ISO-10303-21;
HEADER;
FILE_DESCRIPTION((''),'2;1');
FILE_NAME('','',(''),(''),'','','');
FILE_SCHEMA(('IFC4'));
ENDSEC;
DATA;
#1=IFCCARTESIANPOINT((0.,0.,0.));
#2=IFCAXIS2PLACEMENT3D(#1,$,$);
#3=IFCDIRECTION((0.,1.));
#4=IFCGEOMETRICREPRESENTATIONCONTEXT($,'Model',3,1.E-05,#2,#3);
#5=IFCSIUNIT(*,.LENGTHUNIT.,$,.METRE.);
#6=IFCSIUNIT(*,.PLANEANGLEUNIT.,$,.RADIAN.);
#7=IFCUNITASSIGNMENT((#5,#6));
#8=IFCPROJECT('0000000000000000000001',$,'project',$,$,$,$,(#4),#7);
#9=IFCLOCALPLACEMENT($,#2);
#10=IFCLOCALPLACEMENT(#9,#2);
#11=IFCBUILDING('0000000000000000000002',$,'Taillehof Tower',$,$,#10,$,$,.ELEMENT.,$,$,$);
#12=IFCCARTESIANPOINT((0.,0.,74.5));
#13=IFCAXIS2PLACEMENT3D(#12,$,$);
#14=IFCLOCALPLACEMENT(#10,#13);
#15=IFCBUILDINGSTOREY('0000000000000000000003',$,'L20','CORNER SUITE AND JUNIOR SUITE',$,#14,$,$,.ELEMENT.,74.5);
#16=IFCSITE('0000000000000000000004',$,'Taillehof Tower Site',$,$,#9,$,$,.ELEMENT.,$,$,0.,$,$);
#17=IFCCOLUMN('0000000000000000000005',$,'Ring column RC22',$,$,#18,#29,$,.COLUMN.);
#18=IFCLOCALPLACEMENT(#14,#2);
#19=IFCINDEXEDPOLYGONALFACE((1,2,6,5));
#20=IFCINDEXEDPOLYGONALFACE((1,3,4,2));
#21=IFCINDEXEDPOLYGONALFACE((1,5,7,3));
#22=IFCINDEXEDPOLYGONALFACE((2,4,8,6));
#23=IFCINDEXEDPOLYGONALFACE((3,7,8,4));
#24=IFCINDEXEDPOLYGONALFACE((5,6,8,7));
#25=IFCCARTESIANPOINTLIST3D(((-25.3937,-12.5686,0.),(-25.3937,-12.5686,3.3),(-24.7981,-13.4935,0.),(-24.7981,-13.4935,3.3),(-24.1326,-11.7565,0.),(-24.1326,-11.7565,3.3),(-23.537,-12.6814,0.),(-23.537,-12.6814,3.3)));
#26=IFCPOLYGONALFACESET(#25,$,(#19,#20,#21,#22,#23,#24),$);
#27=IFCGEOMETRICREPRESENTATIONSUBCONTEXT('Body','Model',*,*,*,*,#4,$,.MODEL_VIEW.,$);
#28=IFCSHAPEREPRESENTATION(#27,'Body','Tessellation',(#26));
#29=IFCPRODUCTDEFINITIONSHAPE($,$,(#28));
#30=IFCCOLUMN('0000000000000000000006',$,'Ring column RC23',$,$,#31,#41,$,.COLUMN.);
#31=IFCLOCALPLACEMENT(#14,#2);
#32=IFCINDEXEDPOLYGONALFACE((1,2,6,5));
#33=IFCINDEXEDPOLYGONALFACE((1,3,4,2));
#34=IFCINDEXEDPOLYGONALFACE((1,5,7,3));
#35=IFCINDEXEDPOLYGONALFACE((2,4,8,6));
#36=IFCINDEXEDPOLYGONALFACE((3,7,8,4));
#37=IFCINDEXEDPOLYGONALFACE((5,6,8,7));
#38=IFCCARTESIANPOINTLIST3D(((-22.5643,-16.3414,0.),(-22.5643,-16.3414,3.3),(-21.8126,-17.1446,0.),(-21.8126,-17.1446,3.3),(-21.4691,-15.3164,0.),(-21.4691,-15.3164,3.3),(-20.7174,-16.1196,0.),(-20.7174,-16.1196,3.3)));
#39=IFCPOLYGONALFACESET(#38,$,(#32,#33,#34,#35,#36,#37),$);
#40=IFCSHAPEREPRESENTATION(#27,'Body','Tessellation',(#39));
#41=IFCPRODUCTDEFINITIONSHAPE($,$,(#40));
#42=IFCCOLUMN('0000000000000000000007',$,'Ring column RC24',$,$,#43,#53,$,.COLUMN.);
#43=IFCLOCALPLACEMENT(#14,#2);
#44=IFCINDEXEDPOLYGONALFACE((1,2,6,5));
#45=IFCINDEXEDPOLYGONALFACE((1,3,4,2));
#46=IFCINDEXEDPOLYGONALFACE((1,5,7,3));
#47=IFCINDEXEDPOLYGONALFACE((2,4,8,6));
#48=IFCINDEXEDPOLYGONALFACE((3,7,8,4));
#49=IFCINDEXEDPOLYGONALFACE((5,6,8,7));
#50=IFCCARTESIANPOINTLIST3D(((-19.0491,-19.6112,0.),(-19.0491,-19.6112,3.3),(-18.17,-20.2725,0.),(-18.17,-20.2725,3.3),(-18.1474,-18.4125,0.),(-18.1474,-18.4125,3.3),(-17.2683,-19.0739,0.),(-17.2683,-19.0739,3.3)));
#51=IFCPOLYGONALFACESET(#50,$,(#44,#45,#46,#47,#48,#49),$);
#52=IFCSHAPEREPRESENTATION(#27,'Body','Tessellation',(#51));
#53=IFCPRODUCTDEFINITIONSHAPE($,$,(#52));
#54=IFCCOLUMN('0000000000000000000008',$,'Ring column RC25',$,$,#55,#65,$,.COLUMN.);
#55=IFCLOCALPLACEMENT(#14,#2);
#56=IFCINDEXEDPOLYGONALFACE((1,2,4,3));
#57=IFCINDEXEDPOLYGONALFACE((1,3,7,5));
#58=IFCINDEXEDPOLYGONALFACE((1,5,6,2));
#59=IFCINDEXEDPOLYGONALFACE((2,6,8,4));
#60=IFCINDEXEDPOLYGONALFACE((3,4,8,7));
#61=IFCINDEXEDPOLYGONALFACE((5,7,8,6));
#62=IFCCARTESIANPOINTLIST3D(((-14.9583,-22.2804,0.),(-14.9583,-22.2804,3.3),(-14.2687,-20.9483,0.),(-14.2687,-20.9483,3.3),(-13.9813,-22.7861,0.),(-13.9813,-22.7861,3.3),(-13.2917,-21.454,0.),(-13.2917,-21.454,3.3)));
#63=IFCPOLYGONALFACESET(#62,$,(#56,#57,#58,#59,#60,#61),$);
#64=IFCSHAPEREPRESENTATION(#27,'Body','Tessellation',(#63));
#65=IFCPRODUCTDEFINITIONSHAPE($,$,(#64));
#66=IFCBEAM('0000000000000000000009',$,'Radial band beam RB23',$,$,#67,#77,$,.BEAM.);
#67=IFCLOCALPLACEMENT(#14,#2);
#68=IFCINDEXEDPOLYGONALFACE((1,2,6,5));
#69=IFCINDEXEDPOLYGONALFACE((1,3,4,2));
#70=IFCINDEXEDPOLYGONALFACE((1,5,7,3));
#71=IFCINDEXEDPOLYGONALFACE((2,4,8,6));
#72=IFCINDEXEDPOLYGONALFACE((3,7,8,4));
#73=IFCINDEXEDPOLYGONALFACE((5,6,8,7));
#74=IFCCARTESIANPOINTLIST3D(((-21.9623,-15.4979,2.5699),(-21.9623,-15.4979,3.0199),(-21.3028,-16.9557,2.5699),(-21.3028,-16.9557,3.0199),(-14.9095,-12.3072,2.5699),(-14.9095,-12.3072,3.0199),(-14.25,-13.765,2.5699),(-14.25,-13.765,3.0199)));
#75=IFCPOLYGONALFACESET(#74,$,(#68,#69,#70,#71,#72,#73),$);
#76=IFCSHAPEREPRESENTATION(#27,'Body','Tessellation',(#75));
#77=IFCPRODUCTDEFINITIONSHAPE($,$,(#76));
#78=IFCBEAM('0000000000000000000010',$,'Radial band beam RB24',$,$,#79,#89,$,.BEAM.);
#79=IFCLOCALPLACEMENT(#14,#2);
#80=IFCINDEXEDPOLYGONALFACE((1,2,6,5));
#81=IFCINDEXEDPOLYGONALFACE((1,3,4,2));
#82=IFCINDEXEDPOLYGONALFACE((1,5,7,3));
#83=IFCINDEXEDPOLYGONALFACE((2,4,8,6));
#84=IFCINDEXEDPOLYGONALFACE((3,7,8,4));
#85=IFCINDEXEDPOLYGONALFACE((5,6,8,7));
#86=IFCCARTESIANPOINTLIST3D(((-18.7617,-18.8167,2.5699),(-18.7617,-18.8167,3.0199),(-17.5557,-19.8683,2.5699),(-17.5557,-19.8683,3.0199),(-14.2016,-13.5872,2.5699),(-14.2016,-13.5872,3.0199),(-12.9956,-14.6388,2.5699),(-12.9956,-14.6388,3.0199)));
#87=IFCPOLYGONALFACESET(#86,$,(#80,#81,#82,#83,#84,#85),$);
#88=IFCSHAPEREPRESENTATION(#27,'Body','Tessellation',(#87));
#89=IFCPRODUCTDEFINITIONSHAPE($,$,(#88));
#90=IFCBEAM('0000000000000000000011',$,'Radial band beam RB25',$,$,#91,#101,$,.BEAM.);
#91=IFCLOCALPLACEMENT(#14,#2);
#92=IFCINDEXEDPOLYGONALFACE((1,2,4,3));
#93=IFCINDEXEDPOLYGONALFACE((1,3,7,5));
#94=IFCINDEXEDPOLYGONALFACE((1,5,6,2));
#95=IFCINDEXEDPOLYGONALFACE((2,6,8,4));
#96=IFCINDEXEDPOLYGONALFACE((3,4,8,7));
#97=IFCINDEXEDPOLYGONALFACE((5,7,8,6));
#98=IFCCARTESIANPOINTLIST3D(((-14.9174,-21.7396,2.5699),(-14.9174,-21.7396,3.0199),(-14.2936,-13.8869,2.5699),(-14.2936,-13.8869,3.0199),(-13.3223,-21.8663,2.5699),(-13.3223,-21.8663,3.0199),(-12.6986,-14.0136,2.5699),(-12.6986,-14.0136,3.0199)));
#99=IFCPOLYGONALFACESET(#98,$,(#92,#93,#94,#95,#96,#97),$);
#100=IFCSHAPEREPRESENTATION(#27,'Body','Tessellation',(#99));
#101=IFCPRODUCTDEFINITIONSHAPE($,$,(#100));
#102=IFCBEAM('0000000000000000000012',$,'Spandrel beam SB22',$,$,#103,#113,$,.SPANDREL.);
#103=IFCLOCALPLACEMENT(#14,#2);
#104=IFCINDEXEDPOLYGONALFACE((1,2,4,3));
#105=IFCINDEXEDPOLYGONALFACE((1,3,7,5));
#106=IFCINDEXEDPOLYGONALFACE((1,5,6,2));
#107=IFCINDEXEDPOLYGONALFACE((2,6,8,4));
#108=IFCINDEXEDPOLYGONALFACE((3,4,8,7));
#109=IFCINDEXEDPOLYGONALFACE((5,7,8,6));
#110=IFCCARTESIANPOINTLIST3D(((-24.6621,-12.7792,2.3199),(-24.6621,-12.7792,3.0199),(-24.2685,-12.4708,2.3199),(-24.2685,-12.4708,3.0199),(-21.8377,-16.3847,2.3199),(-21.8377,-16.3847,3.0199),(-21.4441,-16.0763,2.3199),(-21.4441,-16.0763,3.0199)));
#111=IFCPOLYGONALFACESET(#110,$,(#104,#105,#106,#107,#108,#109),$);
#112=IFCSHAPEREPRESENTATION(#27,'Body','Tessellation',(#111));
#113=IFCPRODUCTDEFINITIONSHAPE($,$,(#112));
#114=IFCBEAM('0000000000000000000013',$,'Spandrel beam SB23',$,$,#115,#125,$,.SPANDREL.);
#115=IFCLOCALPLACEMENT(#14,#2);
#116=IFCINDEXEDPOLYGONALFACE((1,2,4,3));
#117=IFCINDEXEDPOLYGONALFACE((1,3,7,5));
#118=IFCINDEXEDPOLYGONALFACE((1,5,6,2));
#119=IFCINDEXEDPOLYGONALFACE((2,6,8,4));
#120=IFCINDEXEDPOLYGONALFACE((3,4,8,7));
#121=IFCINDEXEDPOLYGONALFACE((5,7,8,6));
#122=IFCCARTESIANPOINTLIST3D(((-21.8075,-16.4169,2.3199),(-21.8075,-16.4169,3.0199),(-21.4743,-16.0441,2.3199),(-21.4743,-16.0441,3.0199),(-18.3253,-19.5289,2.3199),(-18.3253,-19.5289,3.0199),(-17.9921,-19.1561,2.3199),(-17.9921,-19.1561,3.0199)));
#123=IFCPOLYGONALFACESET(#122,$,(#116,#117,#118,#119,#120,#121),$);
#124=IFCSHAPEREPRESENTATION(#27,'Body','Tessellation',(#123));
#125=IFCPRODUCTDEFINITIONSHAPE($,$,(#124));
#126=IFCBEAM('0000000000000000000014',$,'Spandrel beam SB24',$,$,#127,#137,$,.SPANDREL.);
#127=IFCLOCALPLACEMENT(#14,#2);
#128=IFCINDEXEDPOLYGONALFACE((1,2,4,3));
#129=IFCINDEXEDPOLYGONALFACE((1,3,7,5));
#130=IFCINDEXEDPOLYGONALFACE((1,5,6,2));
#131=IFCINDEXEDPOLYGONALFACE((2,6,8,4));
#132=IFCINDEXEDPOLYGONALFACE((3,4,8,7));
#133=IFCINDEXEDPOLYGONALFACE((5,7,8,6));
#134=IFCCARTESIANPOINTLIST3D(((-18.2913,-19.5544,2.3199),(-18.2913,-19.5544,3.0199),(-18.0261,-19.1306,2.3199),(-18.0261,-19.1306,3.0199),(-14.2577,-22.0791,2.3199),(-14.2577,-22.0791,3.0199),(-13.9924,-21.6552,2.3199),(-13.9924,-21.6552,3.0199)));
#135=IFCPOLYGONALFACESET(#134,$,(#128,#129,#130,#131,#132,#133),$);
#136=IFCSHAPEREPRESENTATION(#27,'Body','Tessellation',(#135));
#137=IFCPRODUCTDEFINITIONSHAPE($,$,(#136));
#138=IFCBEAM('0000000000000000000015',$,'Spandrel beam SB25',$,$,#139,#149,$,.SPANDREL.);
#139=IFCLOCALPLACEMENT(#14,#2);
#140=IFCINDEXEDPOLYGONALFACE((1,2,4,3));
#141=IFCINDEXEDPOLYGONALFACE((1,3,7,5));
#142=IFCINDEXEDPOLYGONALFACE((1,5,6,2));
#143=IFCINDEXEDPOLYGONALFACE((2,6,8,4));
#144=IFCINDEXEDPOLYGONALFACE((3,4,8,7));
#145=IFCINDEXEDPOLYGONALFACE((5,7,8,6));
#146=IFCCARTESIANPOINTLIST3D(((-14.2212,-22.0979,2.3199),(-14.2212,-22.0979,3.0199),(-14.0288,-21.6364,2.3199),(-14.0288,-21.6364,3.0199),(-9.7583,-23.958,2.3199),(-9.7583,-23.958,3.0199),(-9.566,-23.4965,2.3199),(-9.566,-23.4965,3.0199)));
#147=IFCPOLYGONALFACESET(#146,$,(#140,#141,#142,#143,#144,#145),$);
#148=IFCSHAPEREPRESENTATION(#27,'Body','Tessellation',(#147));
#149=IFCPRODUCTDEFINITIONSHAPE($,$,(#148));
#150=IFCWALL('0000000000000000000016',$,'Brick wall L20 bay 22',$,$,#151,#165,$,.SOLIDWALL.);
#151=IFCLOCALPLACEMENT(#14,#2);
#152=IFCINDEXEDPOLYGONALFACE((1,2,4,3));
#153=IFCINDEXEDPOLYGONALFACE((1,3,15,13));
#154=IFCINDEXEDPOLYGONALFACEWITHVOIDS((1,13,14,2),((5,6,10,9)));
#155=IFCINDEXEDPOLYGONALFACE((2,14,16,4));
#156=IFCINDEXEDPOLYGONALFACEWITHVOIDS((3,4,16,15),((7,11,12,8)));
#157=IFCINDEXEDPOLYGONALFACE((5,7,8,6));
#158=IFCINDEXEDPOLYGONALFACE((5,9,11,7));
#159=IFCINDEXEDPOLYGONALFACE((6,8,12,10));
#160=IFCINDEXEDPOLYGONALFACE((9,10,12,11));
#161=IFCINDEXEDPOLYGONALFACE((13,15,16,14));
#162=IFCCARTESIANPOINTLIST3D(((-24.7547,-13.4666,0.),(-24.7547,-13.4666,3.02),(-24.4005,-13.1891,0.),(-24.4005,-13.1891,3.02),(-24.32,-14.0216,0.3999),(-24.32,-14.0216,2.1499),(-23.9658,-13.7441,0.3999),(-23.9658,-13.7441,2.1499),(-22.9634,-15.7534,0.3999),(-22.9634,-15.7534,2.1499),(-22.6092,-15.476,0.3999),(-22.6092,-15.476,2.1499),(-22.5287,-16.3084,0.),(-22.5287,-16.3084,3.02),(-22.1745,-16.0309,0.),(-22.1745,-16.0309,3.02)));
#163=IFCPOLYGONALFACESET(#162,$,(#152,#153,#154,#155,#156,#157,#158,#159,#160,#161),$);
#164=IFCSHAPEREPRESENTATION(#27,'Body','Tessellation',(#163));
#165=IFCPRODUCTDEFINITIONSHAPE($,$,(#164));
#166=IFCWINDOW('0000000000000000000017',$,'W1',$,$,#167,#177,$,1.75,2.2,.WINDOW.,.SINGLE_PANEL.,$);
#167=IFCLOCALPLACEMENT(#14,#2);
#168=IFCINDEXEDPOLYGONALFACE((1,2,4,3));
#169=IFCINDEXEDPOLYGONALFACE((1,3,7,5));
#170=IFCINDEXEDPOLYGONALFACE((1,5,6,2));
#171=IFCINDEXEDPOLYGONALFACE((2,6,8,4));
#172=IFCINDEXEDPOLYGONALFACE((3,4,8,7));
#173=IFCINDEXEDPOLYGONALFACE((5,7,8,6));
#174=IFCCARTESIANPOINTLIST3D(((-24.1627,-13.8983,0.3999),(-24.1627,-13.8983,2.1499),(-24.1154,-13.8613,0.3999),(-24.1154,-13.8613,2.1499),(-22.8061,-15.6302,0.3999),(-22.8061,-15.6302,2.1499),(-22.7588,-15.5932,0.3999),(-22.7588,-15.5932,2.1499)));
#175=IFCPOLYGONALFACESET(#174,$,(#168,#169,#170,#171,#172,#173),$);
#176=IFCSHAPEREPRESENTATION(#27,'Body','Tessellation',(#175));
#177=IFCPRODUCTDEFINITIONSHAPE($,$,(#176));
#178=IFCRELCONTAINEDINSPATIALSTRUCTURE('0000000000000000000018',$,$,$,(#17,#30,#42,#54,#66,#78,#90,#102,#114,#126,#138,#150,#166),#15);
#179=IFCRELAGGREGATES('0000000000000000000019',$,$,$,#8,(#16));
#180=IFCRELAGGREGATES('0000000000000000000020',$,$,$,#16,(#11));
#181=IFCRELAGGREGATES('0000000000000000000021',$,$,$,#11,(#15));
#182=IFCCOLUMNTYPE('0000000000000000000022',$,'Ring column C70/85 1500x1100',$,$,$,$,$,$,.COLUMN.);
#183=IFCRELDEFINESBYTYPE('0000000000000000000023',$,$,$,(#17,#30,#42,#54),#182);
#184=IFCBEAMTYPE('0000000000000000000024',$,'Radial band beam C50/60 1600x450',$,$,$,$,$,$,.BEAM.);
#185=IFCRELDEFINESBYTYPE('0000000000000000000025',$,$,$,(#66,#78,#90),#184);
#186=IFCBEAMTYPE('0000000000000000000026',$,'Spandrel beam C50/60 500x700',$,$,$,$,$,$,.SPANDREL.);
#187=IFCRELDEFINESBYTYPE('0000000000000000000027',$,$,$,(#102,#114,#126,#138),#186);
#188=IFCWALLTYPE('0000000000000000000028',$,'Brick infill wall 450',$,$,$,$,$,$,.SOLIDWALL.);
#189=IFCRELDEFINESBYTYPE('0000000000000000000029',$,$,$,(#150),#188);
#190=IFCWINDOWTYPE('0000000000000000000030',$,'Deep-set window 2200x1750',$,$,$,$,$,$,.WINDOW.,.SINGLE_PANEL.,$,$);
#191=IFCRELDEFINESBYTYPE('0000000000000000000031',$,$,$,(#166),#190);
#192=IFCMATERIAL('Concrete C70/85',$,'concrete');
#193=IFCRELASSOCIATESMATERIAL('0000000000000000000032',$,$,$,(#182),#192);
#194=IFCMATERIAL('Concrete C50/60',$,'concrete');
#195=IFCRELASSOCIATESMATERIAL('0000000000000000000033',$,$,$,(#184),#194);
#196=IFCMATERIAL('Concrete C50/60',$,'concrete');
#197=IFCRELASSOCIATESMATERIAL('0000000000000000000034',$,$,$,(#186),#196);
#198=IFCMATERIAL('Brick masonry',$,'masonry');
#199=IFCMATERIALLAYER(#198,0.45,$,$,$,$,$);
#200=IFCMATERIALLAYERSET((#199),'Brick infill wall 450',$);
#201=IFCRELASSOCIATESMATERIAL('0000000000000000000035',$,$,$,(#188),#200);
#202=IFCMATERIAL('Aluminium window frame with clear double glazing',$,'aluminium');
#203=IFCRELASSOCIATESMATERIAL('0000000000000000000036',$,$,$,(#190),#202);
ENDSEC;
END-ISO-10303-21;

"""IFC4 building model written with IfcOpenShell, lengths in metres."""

from ifc_helpers import new_model, si_unit, direction, frame, frame_2d, origin, origin_2d, place, context, subcontext, project, spatial, rectangle, extrude, material, layer, layer_set, material_profile, profile_set, type_object, element, fill, save


model = new_model("IFC4")

# Units and contexts
model_context = context("Model", 3, precision=1e-05, world=origin(), true_north=direction((0.0, 1.0)))
body_context = subcontext(model_context, "Body", "Model", "MODEL_VIEW")
ifc_project = project(units=[si_unit("LENGTHUNIT", "METRE"), si_unit("PLANEANGLEUNIT", "RADIAN")], contexts=[model_context])

# Site, building, storey
site_placement = place(None, origin())
site = spatial("IfcSite", under=ifc_project, at=site_placement, Name="Taillehof Tower Site", CompositionType="ELEMENT", RefElevation=0.0)
building_placement = place(site_placement, origin())
building = spatial("IfcBuilding", under=site, at=building_placement, Name="Taillehof Tower", CompositionType="ELEMENT")
storey_placement = place(building_placement, frame((0.0, 0.0, 74.5)))
storey = spatial("IfcBuildingStorey", under=building, at=storey_placement, Name="L20", Description="CORNER SUITE AND JUNIOR SUITE", CompositionType="ELEMENT", Elevation=74.5)

# Columns
ifc_material_1 = material(Name="Concrete C70/85", Category="concrete")
ifc_material_profile_1 = material_profile(ifc_material_1, rectangle(XDim=1.5, YDim=1.1001, at=origin_2d()), Name="RC 1500x1100")
ifc_profile_set_1 = profile_set([ifc_material_profile_1], Name="Concrete C70/85")
column_type = type_object("IfcColumnType", Name="Ring column C70/85 1500x1100", PredefinedType="COLUMN", material=ifc_profile_set_1)
for number, where, z_axis, x_axis, name in (
    (1, (-24.4653, -12.625, 0.0), (0.0, 0.0, 1.0), (-0.840754, -0.541418, 0.0), "Ring column RC22"),
    (2, (-21.6409, -16.2305, 0.0), (0.0, 0.0, 1.0), (-0.730113, -0.683326, 0.0), "Ring column RC23"),
    (3, (-18.1587, -19.3425, 0.0), (0.0, 0.0, 1.0), (-0.601174, -0.799118, 0.0), "Ring column RC24"),
    (4, (-14.125, -21.8672, 0.0), (0.0, 0.0, 1.0), (-0.459691, -0.888079, 0.0), "Ring column RC25"),
):
    element("IfcColumn", number, at=place(storey_placement, frame(where, z_axis=z_axis, x_axis=x_axis)), inside=storey, type_object=column_type, Name=name, PredefinedType="COLUMN", context=body_context, shape_type="SweptSolid", body=[
        extrude(rectangle(XDim=1.5, YDim=1.1001, at=origin_2d()), origin(), (0.0, 0.0, 1.0), 3.3),
    ])

# Beams
ifc_material_2 = material(Name="Concrete C50/60", Category="concrete")
ifc_material_profile_2 = material_profile(ifc_material_2, rectangle(XDim=1.6001, YDim=0.45, at=origin_2d()), Name="RC 1600x450")
ifc_profile_set_2 = profile_set([ifc_material_profile_2], Name="Concrete C50/60")
beam_type_1 = type_object("IfcBeamType", Name="Radial band beam C50/60 1600x450", PredefinedType="BEAM", material=ifc_profile_set_2)
beam_1_placement = place(storey_placement, frame((-21.6326, -16.2268, 2.7949), z_axis=(0.911101, 0.412184, 0.0), x_axis=(-0.412184, 0.911101, 0.0)))
element("IfcBeam", 5, at=beam_1_placement, inside=storey, type_object=beam_type_1, Name="Radial band beam RB23", PredefinedType="BEAM", context=body_context, shape_type="SweptSolid", body=[
    extrude(rectangle(XDim=1.6001, YDim=0.45, at=origin_2d()), origin(), (0.0, 0.0, 1.0), 7.741),
])
beam_2_placement = place(storey_placement, frame((-18.1587, -19.3425, 2.7949), z_axis=(0.657218, 0.7537, 0.0), x_axis=(-0.7537, 0.657218, 0.0)))
element("IfcBeam", 6, at=beam_2_placement, inside=storey, type_object=beam_type_1, Name="Radial band beam RB24", PredefinedType="BEAM", context=body_context, shape_type="SweptSolid", body=[
    extrude(rectangle(XDim=1.6001, YDim=0.45, at=origin_2d()), origin(), (0.0, 0.0, 1.0), 6.9385),
])
beam_3_placement = place(storey_placement, frame((-14.1199, -21.803, 2.7949), z_axis=(0.079185, 0.99686, 0.0), x_axis=(-0.99686, 0.079185, 0.0)))
element("IfcBeam", 7, at=beam_3_placement, inside=storey, type_object=beam_type_1, Name="Radial band beam RB25", PredefinedType="BEAM", context=body_context, shape_type="SweptSolid", body=[
    extrude(rectangle(XDim=1.6001, YDim=0.45, at=origin_2d()), origin(), (0.0, 0.0, 1.0), 7.8774),
])
ifc_material_3 = material(Name="Concrete C50/60", Category="concrete")
ifc_material_profile_3 = material_profile(ifc_material_3, rectangle(XDim=0.5, YDim=0.7, at=origin_2d()), Name="RC 500x700")
ifc_profile_set_3 = profile_set([ifc_material_profile_3], Name="Concrete C50/60")
beam_type_2 = type_object("IfcBeamType", Name="Spandrel beam C50/60 500x700", PredefinedType="SPANDREL", material=ifc_profile_set_3)
beam_4_placement = place(storey_placement, frame((-24.4653, -12.625, 2.6699), z_axis=(0.616686, -0.787209, 0.0), x_axis=(0.787209, 0.616686, 0.0)))
element("IfcBeam", 8, at=beam_4_placement, inside=storey, type_object=beam_type_2, Name="Spandrel beam SB22", PredefinedType="SPANDREL", context=body_context, shape_type="SweptSolid", body=[
    extrude(rectangle(XDim=0.5, YDim=0.7, at=origin_2d()), origin(), (0.0, 0.0, 1.0), 4.5801),
])
beam_5_placement = place(storey_placement, frame((-21.6409, -16.2305, 2.6699), z_axis=(0.745621, -0.66637, 0.0), x_axis=(0.66637, 0.745621, 0.0)))
element("IfcBeam", 9, at=beam_5_placement, inside=storey, type_object=beam_type_2, Name="Spandrel beam SB23", PredefinedType="SPANDREL", context=body_context, shape_type="SweptSolid", body=[
    extrude(rectangle(XDim=0.5, YDim=0.7, at=origin_2d()), origin(), (0.0, 0.0, 1.0), 4.6702),
])
beam_6_placement = place(storey_placement, frame((-18.1587, -19.3425, 2.6699), z_axis=(0.847658, -0.530543, 0.0), x_axis=(0.530543, 0.847658, 0.0)))
element("IfcBeam", 10, at=beam_6_placement, inside=storey, type_object=beam_type_2, Name="Spandrel beam SB24", PredefinedType="SPANDREL", context=body_context, shape_type="SweptSolid", body=[
    extrude(rectangle(XDim=0.5, YDim=0.7, at=origin_2d()), origin(), (0.0, 0.0, 1.0), 4.7585),
])
beam_7_placement = place(storey_placement, frame((-14.125, -21.8672, 2.6699), z_axis=(0.923035, -0.384716, 0.0), x_axis=(0.384716, 0.923035, 0.0)))
element("IfcBeam", 11, at=beam_7_placement, inside=storey, type_object=beam_type_2, Name="Spandrel beam SB25", PredefinedType="SPANDREL", context=body_context, shape_type="SweptSolid", body=[
    extrude(rectangle(XDim=0.5, YDim=0.7, at=origin_2d()), origin(), (0.0, 0.0, 1.0), 4.835),
])

# Wall, opening, window
ifc_material_4 = material(Name="Brick masonry", Category="masonry")
ifc_layer_1 = layer(ifc_material_4, 0.45)
ifc_layer_set_1 = layer_set([ifc_layer_1], Name="Brick infill wall 450")
wall_type_1 = type_object("IfcWallType", Name="Brick infill wall 450", PredefinedType="SOLIDWALL", material=ifc_layer_set_1)
wall_1_placement = place(storey_placement, frame((-24.5776, -13.3279, 0.0), z_axis=(0.0, 0.0, 1.0), x_axis=(0.616662, -0.787228, 0.0)))
wall_1 = element("IfcWall", 12, at=wall_1_placement, inside=storey, type_object=wall_type_1, Name="Brick wall L20 bay 22", PredefinedType="SOLIDWALL", context=body_context, shape_type="SweptSolid", body=[
    extrude(rectangle(XDim=3.6099, YDim=0.45, at=frame_2d((1.8049, 0.0))), origin(), (0.0, 0.0, 1.0), 3.02),
])
opening_1_placement = place(wall_1_placement, frame((0.7048, 0.0, 0.3999)))
opening_1 = element("IfcOpeningElement", 13, at=opening_1_placement, cuts=wall_1, PredefinedType="OPENING", context=body_context, shape_type="SweptSolid", body=[
    extrude(rectangle(XDim=2.2, YDim=1.75, at=frame_2d((1.1001, 0.875))), frame((0.0, 0.2349, 0.0), z_axis=(0.0, -1.0, 0.0), x_axis=(1.0, 0.0, 0.0)), (0.0, 0.0, 1.0), 0.47),
])
ifc_material_5 = material(Name="Aluminium window frame with clear double glazing", Category="aluminium")
window_type = type_object("IfcWindowType", Name="Deep-set window 2200x1750", PartitioningType="SINGLE_PANEL", PredefinedType="WINDOW", material=ifc_material_5)
window_1_placement = place(opening_1_placement, origin())
window_1 = element("IfcWindow", 14, at=window_1_placement, inside=storey, type_object=window_type, Name="W1", OverallHeight=1.75, OverallWidth=2.2, PartitioningType="SINGLE_PANEL", PredefinedType="WINDOW", context=body_context, shape_type="SweptSolid", body=[
    extrude(rectangle(XDim=2.2, YDim=1.75, at=frame_2d((1.1001, 0.875))), frame((0.0, 0.0349, 0.0), z_axis=(0.0, -1.0, 0.0), x_axis=(1.0, 0.0, 0.0)), (0.0, 0.0, 1.0), 0.0601),
])
fill(opening_1, window_1)

save(model, "model.ifc")
